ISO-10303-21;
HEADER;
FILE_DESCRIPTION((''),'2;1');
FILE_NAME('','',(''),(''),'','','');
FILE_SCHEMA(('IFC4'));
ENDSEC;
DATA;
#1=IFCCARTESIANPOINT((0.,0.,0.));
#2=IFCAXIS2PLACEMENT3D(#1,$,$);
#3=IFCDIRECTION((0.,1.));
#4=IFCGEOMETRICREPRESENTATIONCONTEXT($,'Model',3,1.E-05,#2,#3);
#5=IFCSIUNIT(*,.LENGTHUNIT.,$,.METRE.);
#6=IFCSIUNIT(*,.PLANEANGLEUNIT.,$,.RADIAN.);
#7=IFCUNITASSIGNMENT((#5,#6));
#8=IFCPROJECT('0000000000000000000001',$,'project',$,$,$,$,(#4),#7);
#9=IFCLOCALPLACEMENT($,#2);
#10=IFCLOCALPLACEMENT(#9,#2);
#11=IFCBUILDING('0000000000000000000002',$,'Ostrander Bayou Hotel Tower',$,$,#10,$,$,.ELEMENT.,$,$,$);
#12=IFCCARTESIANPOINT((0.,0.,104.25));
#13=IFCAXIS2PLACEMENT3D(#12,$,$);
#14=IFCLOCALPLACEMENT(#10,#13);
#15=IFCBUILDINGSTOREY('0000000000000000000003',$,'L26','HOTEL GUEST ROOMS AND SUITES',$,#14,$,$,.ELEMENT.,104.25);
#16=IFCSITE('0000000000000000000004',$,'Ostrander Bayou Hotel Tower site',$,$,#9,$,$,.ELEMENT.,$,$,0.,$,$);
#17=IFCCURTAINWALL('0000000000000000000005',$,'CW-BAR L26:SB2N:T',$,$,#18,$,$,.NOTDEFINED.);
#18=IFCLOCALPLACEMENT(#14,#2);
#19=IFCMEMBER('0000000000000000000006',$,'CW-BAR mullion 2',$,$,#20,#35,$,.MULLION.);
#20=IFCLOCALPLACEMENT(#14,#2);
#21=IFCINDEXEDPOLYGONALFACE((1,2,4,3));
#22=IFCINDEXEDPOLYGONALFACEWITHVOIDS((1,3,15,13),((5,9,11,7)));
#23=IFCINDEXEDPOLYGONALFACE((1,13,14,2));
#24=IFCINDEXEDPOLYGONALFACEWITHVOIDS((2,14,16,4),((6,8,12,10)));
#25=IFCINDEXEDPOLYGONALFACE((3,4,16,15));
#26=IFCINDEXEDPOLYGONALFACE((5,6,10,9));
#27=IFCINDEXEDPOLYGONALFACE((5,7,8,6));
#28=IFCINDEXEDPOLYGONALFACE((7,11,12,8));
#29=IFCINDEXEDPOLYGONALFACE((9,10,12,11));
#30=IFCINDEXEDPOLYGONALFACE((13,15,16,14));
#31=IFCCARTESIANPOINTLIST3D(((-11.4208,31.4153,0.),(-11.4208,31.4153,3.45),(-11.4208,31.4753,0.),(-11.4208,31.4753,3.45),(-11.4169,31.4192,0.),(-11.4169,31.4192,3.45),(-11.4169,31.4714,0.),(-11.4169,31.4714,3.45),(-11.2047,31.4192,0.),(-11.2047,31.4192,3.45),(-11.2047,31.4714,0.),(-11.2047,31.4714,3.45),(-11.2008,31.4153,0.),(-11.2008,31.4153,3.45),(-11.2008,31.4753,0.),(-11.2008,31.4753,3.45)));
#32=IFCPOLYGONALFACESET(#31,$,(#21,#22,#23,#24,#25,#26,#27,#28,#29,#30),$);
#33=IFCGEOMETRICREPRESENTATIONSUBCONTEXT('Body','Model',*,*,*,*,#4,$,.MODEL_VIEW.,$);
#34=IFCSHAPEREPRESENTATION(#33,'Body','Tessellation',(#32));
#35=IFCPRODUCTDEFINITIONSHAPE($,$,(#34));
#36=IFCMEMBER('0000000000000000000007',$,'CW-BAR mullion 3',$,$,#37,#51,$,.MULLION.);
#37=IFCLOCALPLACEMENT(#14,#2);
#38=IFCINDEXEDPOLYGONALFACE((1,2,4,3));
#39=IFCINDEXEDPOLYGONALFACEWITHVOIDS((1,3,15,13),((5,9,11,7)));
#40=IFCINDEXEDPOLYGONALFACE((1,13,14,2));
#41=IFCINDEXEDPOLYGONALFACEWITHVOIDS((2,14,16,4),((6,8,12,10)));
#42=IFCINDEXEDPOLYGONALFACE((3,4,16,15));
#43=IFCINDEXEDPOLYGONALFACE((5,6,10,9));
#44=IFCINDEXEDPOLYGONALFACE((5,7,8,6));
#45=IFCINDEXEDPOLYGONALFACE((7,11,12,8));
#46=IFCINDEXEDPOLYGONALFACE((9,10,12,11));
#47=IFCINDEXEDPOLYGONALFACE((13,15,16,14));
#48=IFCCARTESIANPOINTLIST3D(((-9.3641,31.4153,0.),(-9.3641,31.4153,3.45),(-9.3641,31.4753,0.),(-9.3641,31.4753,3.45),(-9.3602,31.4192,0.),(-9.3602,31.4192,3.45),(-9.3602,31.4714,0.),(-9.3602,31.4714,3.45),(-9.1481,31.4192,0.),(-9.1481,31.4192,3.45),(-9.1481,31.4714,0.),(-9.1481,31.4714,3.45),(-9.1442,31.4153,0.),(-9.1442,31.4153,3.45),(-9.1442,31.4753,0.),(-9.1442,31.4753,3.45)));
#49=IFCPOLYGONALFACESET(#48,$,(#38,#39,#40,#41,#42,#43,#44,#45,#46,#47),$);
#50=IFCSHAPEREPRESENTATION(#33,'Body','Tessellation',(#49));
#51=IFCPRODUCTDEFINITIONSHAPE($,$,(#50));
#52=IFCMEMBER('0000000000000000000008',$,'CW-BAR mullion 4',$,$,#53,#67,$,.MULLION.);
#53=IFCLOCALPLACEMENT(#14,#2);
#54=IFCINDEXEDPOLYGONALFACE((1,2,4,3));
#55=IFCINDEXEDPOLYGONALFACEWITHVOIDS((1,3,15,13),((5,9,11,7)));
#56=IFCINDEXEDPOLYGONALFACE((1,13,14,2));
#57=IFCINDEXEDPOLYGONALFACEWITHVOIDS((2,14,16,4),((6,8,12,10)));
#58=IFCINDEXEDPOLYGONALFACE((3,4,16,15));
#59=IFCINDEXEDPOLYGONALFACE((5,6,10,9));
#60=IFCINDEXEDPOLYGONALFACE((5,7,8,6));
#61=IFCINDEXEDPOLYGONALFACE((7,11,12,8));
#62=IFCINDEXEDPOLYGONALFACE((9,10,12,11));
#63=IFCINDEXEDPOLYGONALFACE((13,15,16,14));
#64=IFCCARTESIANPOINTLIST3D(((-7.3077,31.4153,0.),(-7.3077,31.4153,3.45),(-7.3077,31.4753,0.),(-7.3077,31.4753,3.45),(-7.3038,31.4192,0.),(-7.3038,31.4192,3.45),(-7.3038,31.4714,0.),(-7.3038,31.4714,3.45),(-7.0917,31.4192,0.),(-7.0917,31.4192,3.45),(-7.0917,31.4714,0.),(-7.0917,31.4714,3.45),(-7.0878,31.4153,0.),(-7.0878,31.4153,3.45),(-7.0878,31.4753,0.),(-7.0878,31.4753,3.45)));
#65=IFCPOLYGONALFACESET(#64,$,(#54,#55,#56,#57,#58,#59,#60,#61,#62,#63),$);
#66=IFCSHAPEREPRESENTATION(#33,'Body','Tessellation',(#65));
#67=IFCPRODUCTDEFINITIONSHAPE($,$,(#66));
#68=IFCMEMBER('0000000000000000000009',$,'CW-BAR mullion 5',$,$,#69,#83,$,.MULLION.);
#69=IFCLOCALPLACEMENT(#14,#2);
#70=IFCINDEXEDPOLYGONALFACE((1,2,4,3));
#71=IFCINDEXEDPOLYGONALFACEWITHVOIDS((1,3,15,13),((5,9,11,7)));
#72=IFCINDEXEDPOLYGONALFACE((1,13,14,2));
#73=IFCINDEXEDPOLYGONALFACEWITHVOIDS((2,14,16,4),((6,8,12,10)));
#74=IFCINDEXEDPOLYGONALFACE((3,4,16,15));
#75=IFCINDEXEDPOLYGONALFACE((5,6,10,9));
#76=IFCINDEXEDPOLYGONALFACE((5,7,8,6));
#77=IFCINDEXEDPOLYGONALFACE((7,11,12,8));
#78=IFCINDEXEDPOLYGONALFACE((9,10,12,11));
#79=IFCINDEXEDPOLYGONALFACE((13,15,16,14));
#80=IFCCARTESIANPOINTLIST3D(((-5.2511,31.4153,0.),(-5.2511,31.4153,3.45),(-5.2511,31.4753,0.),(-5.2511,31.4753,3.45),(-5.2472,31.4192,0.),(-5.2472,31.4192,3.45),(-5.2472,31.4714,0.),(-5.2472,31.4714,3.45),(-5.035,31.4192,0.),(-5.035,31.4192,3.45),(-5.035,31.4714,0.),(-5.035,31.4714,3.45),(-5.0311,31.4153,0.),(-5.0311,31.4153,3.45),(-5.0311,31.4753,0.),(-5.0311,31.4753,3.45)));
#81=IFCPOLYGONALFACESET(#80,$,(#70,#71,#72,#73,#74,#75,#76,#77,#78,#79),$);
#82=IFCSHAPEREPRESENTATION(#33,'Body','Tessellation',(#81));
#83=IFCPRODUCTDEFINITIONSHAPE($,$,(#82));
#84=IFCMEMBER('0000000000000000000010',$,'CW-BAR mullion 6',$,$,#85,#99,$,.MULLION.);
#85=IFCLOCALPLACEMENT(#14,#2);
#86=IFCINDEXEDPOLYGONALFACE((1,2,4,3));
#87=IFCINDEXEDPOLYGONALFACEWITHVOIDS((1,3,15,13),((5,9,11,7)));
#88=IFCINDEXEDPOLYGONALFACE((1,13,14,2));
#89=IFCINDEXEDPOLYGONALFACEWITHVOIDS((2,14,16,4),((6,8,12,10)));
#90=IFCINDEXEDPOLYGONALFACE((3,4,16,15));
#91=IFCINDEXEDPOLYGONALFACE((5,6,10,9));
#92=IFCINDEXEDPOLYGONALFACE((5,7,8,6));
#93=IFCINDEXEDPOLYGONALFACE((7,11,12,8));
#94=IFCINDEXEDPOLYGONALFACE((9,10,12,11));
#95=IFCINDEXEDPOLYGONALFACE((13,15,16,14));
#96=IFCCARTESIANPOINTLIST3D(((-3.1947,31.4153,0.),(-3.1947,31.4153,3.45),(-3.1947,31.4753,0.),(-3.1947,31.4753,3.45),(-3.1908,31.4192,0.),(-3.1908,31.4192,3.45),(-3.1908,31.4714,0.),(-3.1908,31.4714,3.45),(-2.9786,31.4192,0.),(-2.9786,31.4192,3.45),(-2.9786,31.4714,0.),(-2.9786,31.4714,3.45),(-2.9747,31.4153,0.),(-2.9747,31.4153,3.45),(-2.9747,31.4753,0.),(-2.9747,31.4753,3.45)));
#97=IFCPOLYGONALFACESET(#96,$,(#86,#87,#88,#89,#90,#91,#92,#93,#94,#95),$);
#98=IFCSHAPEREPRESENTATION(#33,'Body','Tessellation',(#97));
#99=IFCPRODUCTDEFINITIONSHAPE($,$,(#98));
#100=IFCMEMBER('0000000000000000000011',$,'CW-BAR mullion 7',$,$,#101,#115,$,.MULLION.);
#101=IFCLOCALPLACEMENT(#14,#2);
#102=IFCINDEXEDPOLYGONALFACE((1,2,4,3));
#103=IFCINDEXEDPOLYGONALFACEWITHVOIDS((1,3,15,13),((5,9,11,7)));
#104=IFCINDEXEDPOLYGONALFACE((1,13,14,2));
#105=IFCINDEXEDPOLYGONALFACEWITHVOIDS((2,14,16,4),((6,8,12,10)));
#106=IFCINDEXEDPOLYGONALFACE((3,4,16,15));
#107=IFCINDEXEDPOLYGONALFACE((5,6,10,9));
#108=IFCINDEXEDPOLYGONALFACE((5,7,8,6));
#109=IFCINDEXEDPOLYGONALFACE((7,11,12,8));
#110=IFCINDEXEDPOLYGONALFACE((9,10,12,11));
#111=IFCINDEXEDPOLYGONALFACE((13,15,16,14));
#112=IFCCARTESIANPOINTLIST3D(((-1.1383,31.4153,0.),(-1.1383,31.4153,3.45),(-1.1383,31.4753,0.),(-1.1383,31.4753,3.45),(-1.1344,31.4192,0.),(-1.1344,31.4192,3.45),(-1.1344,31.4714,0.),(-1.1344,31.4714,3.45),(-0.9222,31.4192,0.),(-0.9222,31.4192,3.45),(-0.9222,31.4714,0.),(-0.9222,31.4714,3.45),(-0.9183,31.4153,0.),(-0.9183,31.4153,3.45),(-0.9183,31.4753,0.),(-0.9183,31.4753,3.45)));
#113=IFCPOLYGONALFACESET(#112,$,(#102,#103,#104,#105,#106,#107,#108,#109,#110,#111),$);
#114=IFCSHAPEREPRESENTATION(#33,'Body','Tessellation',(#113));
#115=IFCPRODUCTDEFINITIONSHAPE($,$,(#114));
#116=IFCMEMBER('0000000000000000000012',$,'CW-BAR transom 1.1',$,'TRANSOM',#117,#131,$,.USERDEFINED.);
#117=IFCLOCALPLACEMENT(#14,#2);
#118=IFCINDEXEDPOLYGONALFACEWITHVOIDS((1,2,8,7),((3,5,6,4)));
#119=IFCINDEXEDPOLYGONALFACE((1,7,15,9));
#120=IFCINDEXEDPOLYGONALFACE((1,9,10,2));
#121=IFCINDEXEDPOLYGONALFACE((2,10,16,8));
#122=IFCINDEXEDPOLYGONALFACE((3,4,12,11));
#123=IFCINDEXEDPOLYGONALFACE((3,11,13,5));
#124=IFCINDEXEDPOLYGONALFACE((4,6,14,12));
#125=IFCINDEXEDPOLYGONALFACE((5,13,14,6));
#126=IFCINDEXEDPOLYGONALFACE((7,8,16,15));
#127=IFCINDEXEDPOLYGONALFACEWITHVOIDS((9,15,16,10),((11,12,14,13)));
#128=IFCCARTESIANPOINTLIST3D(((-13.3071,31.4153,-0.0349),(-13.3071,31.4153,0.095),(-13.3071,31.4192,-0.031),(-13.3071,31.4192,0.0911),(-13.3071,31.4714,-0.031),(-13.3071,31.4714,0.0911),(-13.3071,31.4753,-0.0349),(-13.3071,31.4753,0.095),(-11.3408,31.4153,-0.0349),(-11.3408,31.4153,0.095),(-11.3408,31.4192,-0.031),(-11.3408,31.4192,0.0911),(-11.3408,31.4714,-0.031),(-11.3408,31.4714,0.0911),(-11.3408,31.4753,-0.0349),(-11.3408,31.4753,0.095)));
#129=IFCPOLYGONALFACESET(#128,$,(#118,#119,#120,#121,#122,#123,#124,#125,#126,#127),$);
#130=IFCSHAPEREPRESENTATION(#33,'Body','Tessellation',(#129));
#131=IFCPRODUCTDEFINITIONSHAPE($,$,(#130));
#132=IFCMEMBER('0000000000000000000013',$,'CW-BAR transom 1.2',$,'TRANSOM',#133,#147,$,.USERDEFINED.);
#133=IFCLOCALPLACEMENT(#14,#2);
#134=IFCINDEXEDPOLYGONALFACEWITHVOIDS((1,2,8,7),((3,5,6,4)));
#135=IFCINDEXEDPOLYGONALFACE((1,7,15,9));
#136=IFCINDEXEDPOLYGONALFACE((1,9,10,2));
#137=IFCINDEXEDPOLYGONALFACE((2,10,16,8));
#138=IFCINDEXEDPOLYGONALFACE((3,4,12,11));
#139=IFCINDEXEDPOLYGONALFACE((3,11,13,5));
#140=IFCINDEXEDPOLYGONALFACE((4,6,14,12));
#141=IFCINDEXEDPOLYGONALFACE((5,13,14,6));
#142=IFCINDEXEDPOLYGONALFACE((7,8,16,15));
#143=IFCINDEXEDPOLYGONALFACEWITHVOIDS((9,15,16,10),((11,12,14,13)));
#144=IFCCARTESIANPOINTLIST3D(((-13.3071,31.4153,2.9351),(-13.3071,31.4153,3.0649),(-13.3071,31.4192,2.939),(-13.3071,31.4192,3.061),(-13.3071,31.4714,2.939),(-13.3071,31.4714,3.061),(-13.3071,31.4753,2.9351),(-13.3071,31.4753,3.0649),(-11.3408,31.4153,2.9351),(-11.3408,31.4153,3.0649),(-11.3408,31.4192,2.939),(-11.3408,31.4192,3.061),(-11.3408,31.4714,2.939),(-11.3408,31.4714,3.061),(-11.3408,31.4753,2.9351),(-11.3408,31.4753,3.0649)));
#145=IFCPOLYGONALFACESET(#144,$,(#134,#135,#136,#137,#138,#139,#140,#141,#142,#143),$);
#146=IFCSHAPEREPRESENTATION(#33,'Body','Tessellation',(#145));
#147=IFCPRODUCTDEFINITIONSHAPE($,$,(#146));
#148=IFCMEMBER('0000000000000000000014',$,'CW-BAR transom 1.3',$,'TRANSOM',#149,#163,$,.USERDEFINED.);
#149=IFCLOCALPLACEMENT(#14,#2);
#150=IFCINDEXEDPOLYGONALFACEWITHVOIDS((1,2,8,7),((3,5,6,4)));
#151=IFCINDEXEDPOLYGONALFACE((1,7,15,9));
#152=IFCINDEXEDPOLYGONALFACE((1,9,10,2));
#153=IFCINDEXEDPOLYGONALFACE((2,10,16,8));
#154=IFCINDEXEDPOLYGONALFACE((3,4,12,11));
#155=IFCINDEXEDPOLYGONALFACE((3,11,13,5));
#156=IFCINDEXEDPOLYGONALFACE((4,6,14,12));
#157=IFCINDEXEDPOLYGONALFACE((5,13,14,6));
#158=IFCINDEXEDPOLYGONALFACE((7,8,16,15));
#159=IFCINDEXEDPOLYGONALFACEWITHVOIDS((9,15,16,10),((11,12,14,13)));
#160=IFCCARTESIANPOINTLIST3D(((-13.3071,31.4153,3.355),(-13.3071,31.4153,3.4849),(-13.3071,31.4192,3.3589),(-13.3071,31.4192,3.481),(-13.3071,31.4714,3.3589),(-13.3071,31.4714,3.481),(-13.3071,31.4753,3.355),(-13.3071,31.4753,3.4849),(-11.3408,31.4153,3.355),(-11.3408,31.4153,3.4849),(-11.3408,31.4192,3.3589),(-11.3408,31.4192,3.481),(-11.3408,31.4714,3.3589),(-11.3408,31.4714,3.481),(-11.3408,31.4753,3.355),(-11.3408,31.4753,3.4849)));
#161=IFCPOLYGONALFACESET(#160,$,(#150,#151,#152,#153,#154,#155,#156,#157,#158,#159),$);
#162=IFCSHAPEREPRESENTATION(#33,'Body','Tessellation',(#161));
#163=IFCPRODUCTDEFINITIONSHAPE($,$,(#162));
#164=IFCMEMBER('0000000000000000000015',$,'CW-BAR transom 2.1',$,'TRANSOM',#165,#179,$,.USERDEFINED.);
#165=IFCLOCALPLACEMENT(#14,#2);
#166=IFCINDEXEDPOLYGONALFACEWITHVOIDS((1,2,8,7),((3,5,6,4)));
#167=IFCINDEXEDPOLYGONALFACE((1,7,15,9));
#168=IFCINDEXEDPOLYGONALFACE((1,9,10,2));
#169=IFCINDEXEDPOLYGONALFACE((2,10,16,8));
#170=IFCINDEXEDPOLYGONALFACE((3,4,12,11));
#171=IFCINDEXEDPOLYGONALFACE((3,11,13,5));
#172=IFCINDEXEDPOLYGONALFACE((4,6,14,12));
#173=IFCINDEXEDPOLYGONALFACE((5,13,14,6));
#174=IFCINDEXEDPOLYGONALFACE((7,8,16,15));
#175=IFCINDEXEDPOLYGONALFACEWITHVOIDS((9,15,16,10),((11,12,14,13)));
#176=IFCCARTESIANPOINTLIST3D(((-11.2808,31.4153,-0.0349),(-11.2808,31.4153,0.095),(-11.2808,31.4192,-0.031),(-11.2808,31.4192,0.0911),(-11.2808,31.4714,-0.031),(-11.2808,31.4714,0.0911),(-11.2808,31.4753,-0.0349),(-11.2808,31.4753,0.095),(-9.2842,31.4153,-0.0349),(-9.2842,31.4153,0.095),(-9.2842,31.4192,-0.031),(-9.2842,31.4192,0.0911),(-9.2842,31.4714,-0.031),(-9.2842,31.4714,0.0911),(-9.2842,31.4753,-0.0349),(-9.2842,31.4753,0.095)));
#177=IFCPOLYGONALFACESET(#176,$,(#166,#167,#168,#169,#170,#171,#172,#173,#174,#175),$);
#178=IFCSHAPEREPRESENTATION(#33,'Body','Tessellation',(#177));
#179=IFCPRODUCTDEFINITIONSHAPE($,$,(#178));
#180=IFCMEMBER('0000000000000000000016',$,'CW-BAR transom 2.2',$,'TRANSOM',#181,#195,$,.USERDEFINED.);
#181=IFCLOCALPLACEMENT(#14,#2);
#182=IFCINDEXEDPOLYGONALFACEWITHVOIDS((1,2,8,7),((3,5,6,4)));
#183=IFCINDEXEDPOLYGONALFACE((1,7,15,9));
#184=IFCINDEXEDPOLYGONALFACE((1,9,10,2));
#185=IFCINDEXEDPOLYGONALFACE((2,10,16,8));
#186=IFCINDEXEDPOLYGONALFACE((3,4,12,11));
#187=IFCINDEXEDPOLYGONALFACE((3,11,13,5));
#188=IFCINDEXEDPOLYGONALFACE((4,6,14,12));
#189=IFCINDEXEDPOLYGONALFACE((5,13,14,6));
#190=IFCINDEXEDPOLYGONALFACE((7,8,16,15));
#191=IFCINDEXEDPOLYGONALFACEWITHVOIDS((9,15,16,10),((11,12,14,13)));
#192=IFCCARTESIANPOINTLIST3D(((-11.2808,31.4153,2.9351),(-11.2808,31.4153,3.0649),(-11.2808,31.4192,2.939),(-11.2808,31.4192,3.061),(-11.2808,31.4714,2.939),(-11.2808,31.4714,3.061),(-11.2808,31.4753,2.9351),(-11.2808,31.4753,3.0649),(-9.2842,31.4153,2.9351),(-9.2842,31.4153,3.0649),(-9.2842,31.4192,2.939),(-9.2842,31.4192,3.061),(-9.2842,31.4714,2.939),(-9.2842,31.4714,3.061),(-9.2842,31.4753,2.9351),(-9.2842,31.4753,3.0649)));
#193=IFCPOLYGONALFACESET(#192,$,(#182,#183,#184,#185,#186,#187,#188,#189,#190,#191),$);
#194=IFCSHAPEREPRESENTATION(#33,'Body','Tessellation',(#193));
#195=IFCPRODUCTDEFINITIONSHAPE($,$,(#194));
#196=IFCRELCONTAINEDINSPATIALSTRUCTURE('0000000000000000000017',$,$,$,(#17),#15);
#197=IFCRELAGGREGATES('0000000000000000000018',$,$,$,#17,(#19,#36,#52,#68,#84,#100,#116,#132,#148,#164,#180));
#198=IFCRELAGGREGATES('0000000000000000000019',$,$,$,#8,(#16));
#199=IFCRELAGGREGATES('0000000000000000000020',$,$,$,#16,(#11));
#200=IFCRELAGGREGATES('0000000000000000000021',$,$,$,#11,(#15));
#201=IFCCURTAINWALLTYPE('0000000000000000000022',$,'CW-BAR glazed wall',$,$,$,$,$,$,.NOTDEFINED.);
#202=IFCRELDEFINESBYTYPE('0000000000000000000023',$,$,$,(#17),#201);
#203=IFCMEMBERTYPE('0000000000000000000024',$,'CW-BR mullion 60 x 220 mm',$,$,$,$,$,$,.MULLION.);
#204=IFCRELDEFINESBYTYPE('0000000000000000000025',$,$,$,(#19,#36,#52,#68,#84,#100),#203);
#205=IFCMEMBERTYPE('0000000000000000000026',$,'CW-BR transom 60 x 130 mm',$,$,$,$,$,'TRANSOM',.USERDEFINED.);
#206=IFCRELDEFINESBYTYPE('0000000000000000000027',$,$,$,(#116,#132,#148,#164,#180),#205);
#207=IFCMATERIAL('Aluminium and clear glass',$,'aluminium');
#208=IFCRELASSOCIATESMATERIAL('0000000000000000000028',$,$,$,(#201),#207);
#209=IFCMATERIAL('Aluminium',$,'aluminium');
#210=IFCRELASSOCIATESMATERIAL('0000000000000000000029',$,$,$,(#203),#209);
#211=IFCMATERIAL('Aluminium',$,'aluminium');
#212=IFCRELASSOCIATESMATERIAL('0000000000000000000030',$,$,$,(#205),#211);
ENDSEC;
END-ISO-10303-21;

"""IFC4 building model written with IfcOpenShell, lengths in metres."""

from ifc_helpers import new_model, si_unit, direction, frame, origin, origin_2d, place, context, subcontext, project, spatial, hollow_rectangle, extrude, material, material_profile, profile_set, type_object, element, aggregate, save


model = new_model("IFC4")

# Units and contexts
model_context = context("Model", 3, precision=1e-05, world=origin(), true_north=direction((0.0, 1.0)))
body_context = subcontext(model_context, "Body", "Model", "MODEL_VIEW")
ifc_project = project(units=[si_unit("LENGTHUNIT", "METRE"), si_unit("PLANEANGLEUNIT", "RADIAN")], contexts=[model_context])

# Site, building, storey
site_placement = place(None, origin())
site = spatial("IfcSite", under=ifc_project, at=site_placement, Name="Ostrander Bayou Hotel Tower site", CompositionType="ELEMENT", RefElevation=0.0)
building_placement = place(site_placement, origin())
building = spatial("IfcBuilding", under=site, at=building_placement, Name="Ostrander Bayou Hotel Tower", CompositionType="ELEMENT")
storey_placement = place(building_placement, frame((0.0, 0.0, 104.25)))
storey = spatial("IfcBuildingStorey", under=building, at=storey_placement, Name="L26", Description="HOTEL GUEST ROOMS AND SUITES", CompositionType="ELEMENT", Elevation=104.25)

# Curtain wall, members
ifc_material_1 = material(Name="Aluminium and clear glass", Category="aluminium")
curtain_wall_type = type_object("IfcCurtainWallType", Name="CW-BAR glazed wall", PredefinedType="NOTDEFINED", material=ifc_material_1)
curtain_wall_placement = place(storey_placement, origin())
curtain_wall = element("IfcCurtainWall", 1, at=curtain_wall_placement, inside=storey, type_object=curtain_wall_type, Name="CW-BAR L26:SB2N:T", PredefinedType="NOTDEFINED")
ifc_material_2 = material(Name="Aluminium", Category="aluminium")
ifc_material_profile_1 = material_profile(ifc_material_2, hollow_rectangle(XDim=0.0601, YDim=0.22, WallThickness=0.0039, at=origin_2d()))
ifc_profile_set_1 = profile_set([ifc_material_profile_1], Name="Aluminium")
member_type_1 = type_object("IfcMemberType", Name="CW-BR mullion 60 x 220 mm", PredefinedType="MULLION", material=ifc_profile_set_1)
member_1_placement = place(storey_placement, frame((-11.3108, 31.4453, 0.0), z_axis=(0.0, 0.0, 1.0), x_axis=(0.0, 1.0, 0.0)))
member_1 = element("IfcMember", 2, at=member_1_placement, type_object=member_type_1, Name="CW-BAR mullion 2", PredefinedType="MULLION", context=body_context, shape_type="SweptSolid", body=[
    extrude(hollow_rectangle(XDim=0.0601, YDim=0.22, WallThickness=0.0039, at=origin_2d()), origin(), (0.0, 0.0, 1.0), 3.45),
])
member_2_placement = place(storey_placement, frame((-9.2542, 31.4453, 0.0), z_axis=(0.0, 0.0, 1.0), x_axis=(0.0, 1.0, 0.0)))
member_2 = element("IfcMember", 3, at=member_2_placement, type_object=member_type_1, Name="CW-BAR mullion 3", PredefinedType="MULLION", context=body_context, shape_type="SweptSolid", body=[
    extrude(hollow_rectangle(XDim=0.0601, YDim=0.22, WallThickness=0.0039, at=origin_2d()), origin(), (0.0, 0.0, 1.0), 3.45),
])
member_3_placement = place(storey_placement, frame((-7.1978, 31.4453, 0.0), z_axis=(0.0, 0.0, 1.0), x_axis=(0.0, 1.0, 0.0)))
member_3 = element("IfcMember", 4, at=member_3_placement, type_object=member_type_1, Name="CW-BAR mullion 4", PredefinedType="MULLION", context=body_context, shape_type="SweptSolid", body=[
    extrude(hollow_rectangle(XDim=0.0601, YDim=0.22, WallThickness=0.0039, at=origin_2d()), origin(), (0.0, 0.0, 1.0), 3.45),
])
member_4_placement = place(storey_placement, frame((-5.1411, 31.4453, 0.0), z_axis=(0.0, 0.0, 1.0), x_axis=(0.0, 1.0, 0.0)))
member_4 = element("IfcMember", 5, at=member_4_placement, type_object=member_type_1, Name="CW-BAR mullion 5", PredefinedType="MULLION", context=body_context, shape_type="SweptSolid", body=[
    extrude(hollow_rectangle(XDim=0.0601, YDim=0.22, WallThickness=0.0039, at=origin_2d()), origin(), (0.0, 0.0, 1.0), 3.45),
])
member_5_placement = place(storey_placement, frame((-3.0847, 31.4453, 0.0), z_axis=(0.0, 0.0, 1.0), x_axis=(0.0, 1.0, 0.0)))
member_5 = element("IfcMember", 6, at=member_5_placement, type_object=member_type_1, Name="CW-BAR mullion 6", PredefinedType="MULLION", context=body_context, shape_type="SweptSolid", body=[
    extrude(hollow_rectangle(XDim=0.0601, YDim=0.22, WallThickness=0.0039, at=origin_2d()), origin(), (0.0, 0.0, 1.0), 3.45),
])
member_6_placement = place(storey_placement, frame((-1.0283, 31.4453, 0.0), z_axis=(0.0, 0.0, 1.0), x_axis=(0.0, 1.0, 0.0)))
member_6 = element("IfcMember", 7, at=member_6_placement, type_object=member_type_1, Name="CW-BAR mullion 7", PredefinedType="MULLION", context=body_context, shape_type="SweptSolid", body=[
    extrude(hollow_rectangle(XDim=0.0601, YDim=0.22, WallThickness=0.0039, at=origin_2d()), origin(), (0.0, 0.0, 1.0), 3.45),
])
ifc_material_3 = material(Name="Aluminium", Category="aluminium")
ifc_material_profile_2 = material_profile(ifc_material_3, hollow_rectangle(XDim=0.0601, YDim=0.1299, WallThickness=0.0039, at=origin_2d()))
ifc_profile_set_2 = profile_set([ifc_material_profile_2], Name="Aluminium")
member_type_2 = type_object("IfcMemberType", Name="CW-BR transom 60 x 130 mm", ElementType="TRANSOM", PredefinedType="USERDEFINED", material=ifc_profile_set_2)
member_7_placement = place(storey_placement, frame((-13.3071, 31.4453, 0.03), z_axis=(1.0, 0.0, 0.0), x_axis=(0.0, 1.0, 0.0)))
member_7 = element("IfcMember", 8, at=member_7_placement, type_object=member_type_2, Name="CW-BAR transom 1.1", ObjectType="TRANSOM", PredefinedType="USERDEFINED", context=body_context, shape_type="SweptSolid", body=[
    extrude(hollow_rectangle(XDim=0.0601, YDim=0.1299, WallThickness=0.0039, at=origin_2d()), origin(), (0.0, 0.0, 1.0), 1.9663),
])
member_8_placement = place(storey_placement, frame((-13.3071, 31.4453, 3.0), z_axis=(1.0, 0.0, 0.0), x_axis=(0.0, 1.0, 0.0)))
member_8 = element("IfcMember", 9, at=member_8_placement, type_object=member_type_2, Name="CW-BAR transom 1.2", ObjectType="TRANSOM", PredefinedType="USERDEFINED", context=body_context, shape_type="SweptSolid", body=[
    extrude(hollow_rectangle(XDim=0.0601, YDim=0.1299, WallThickness=0.0039, at=origin_2d()), origin(), (0.0, 0.0, 1.0), 1.9663),
])
member_9_placement = place(storey_placement, frame((-13.3071, 31.4453, 3.4199), z_axis=(1.0, 0.0, 0.0), x_axis=(0.0, 1.0, 0.0)))
member_9 = element("IfcMember", 10, at=member_9_placement, type_object=member_type_2, Name="CW-BAR transom 1.3", ObjectType="TRANSOM", PredefinedType="USERDEFINED", context=body_context, shape_type="SweptSolid", body=[
    extrude(hollow_rectangle(XDim=0.0601, YDim=0.1299, WallThickness=0.0039, at=origin_2d()), origin(), (0.0, 0.0, 1.0), 1.9663),
])
member_10_placement = place(storey_placement, frame((-11.2808, 31.4453, 0.03), z_axis=(1.0, 0.0, 0.0), x_axis=(0.0, 1.0, 0.0)))
member_10 = element("IfcMember", 11, at=member_10_placement, type_object=member_type_2, Name="CW-BAR transom 2.1", ObjectType="TRANSOM", PredefinedType="USERDEFINED", context=body_context, shape_type="SweptSolid", body=[
    extrude(hollow_rectangle(XDim=0.0601, YDim=0.1299, WallThickness=0.0039, at=origin_2d()), origin(), (0.0, 0.0, 1.0), 1.9966),
])
member_11_placement = place(storey_placement, frame((-11.2808, 31.4453, 3.0), z_axis=(1.0, 0.0, 0.0), x_axis=(0.0, 1.0, 0.0)))
member_11 = element("IfcMember", 12, at=member_11_placement, type_object=member_type_2, Name="CW-BAR transom 2.2", ObjectType="TRANSOM", PredefinedType="USERDEFINED", context=body_context, shape_type="SweptSolid", body=[
    extrude(hollow_rectangle(XDim=0.0601, YDim=0.1299, WallThickness=0.0039, at=origin_2d()), origin(), (0.0, 0.0, 1.0), 1.9966),
])
aggregate(curtain_wall, [member_1, member_2, member_3, member_4, member_5, member_6, member_7, member_8, member_9, member_10, member_11])

save(model, "model.ifc")
